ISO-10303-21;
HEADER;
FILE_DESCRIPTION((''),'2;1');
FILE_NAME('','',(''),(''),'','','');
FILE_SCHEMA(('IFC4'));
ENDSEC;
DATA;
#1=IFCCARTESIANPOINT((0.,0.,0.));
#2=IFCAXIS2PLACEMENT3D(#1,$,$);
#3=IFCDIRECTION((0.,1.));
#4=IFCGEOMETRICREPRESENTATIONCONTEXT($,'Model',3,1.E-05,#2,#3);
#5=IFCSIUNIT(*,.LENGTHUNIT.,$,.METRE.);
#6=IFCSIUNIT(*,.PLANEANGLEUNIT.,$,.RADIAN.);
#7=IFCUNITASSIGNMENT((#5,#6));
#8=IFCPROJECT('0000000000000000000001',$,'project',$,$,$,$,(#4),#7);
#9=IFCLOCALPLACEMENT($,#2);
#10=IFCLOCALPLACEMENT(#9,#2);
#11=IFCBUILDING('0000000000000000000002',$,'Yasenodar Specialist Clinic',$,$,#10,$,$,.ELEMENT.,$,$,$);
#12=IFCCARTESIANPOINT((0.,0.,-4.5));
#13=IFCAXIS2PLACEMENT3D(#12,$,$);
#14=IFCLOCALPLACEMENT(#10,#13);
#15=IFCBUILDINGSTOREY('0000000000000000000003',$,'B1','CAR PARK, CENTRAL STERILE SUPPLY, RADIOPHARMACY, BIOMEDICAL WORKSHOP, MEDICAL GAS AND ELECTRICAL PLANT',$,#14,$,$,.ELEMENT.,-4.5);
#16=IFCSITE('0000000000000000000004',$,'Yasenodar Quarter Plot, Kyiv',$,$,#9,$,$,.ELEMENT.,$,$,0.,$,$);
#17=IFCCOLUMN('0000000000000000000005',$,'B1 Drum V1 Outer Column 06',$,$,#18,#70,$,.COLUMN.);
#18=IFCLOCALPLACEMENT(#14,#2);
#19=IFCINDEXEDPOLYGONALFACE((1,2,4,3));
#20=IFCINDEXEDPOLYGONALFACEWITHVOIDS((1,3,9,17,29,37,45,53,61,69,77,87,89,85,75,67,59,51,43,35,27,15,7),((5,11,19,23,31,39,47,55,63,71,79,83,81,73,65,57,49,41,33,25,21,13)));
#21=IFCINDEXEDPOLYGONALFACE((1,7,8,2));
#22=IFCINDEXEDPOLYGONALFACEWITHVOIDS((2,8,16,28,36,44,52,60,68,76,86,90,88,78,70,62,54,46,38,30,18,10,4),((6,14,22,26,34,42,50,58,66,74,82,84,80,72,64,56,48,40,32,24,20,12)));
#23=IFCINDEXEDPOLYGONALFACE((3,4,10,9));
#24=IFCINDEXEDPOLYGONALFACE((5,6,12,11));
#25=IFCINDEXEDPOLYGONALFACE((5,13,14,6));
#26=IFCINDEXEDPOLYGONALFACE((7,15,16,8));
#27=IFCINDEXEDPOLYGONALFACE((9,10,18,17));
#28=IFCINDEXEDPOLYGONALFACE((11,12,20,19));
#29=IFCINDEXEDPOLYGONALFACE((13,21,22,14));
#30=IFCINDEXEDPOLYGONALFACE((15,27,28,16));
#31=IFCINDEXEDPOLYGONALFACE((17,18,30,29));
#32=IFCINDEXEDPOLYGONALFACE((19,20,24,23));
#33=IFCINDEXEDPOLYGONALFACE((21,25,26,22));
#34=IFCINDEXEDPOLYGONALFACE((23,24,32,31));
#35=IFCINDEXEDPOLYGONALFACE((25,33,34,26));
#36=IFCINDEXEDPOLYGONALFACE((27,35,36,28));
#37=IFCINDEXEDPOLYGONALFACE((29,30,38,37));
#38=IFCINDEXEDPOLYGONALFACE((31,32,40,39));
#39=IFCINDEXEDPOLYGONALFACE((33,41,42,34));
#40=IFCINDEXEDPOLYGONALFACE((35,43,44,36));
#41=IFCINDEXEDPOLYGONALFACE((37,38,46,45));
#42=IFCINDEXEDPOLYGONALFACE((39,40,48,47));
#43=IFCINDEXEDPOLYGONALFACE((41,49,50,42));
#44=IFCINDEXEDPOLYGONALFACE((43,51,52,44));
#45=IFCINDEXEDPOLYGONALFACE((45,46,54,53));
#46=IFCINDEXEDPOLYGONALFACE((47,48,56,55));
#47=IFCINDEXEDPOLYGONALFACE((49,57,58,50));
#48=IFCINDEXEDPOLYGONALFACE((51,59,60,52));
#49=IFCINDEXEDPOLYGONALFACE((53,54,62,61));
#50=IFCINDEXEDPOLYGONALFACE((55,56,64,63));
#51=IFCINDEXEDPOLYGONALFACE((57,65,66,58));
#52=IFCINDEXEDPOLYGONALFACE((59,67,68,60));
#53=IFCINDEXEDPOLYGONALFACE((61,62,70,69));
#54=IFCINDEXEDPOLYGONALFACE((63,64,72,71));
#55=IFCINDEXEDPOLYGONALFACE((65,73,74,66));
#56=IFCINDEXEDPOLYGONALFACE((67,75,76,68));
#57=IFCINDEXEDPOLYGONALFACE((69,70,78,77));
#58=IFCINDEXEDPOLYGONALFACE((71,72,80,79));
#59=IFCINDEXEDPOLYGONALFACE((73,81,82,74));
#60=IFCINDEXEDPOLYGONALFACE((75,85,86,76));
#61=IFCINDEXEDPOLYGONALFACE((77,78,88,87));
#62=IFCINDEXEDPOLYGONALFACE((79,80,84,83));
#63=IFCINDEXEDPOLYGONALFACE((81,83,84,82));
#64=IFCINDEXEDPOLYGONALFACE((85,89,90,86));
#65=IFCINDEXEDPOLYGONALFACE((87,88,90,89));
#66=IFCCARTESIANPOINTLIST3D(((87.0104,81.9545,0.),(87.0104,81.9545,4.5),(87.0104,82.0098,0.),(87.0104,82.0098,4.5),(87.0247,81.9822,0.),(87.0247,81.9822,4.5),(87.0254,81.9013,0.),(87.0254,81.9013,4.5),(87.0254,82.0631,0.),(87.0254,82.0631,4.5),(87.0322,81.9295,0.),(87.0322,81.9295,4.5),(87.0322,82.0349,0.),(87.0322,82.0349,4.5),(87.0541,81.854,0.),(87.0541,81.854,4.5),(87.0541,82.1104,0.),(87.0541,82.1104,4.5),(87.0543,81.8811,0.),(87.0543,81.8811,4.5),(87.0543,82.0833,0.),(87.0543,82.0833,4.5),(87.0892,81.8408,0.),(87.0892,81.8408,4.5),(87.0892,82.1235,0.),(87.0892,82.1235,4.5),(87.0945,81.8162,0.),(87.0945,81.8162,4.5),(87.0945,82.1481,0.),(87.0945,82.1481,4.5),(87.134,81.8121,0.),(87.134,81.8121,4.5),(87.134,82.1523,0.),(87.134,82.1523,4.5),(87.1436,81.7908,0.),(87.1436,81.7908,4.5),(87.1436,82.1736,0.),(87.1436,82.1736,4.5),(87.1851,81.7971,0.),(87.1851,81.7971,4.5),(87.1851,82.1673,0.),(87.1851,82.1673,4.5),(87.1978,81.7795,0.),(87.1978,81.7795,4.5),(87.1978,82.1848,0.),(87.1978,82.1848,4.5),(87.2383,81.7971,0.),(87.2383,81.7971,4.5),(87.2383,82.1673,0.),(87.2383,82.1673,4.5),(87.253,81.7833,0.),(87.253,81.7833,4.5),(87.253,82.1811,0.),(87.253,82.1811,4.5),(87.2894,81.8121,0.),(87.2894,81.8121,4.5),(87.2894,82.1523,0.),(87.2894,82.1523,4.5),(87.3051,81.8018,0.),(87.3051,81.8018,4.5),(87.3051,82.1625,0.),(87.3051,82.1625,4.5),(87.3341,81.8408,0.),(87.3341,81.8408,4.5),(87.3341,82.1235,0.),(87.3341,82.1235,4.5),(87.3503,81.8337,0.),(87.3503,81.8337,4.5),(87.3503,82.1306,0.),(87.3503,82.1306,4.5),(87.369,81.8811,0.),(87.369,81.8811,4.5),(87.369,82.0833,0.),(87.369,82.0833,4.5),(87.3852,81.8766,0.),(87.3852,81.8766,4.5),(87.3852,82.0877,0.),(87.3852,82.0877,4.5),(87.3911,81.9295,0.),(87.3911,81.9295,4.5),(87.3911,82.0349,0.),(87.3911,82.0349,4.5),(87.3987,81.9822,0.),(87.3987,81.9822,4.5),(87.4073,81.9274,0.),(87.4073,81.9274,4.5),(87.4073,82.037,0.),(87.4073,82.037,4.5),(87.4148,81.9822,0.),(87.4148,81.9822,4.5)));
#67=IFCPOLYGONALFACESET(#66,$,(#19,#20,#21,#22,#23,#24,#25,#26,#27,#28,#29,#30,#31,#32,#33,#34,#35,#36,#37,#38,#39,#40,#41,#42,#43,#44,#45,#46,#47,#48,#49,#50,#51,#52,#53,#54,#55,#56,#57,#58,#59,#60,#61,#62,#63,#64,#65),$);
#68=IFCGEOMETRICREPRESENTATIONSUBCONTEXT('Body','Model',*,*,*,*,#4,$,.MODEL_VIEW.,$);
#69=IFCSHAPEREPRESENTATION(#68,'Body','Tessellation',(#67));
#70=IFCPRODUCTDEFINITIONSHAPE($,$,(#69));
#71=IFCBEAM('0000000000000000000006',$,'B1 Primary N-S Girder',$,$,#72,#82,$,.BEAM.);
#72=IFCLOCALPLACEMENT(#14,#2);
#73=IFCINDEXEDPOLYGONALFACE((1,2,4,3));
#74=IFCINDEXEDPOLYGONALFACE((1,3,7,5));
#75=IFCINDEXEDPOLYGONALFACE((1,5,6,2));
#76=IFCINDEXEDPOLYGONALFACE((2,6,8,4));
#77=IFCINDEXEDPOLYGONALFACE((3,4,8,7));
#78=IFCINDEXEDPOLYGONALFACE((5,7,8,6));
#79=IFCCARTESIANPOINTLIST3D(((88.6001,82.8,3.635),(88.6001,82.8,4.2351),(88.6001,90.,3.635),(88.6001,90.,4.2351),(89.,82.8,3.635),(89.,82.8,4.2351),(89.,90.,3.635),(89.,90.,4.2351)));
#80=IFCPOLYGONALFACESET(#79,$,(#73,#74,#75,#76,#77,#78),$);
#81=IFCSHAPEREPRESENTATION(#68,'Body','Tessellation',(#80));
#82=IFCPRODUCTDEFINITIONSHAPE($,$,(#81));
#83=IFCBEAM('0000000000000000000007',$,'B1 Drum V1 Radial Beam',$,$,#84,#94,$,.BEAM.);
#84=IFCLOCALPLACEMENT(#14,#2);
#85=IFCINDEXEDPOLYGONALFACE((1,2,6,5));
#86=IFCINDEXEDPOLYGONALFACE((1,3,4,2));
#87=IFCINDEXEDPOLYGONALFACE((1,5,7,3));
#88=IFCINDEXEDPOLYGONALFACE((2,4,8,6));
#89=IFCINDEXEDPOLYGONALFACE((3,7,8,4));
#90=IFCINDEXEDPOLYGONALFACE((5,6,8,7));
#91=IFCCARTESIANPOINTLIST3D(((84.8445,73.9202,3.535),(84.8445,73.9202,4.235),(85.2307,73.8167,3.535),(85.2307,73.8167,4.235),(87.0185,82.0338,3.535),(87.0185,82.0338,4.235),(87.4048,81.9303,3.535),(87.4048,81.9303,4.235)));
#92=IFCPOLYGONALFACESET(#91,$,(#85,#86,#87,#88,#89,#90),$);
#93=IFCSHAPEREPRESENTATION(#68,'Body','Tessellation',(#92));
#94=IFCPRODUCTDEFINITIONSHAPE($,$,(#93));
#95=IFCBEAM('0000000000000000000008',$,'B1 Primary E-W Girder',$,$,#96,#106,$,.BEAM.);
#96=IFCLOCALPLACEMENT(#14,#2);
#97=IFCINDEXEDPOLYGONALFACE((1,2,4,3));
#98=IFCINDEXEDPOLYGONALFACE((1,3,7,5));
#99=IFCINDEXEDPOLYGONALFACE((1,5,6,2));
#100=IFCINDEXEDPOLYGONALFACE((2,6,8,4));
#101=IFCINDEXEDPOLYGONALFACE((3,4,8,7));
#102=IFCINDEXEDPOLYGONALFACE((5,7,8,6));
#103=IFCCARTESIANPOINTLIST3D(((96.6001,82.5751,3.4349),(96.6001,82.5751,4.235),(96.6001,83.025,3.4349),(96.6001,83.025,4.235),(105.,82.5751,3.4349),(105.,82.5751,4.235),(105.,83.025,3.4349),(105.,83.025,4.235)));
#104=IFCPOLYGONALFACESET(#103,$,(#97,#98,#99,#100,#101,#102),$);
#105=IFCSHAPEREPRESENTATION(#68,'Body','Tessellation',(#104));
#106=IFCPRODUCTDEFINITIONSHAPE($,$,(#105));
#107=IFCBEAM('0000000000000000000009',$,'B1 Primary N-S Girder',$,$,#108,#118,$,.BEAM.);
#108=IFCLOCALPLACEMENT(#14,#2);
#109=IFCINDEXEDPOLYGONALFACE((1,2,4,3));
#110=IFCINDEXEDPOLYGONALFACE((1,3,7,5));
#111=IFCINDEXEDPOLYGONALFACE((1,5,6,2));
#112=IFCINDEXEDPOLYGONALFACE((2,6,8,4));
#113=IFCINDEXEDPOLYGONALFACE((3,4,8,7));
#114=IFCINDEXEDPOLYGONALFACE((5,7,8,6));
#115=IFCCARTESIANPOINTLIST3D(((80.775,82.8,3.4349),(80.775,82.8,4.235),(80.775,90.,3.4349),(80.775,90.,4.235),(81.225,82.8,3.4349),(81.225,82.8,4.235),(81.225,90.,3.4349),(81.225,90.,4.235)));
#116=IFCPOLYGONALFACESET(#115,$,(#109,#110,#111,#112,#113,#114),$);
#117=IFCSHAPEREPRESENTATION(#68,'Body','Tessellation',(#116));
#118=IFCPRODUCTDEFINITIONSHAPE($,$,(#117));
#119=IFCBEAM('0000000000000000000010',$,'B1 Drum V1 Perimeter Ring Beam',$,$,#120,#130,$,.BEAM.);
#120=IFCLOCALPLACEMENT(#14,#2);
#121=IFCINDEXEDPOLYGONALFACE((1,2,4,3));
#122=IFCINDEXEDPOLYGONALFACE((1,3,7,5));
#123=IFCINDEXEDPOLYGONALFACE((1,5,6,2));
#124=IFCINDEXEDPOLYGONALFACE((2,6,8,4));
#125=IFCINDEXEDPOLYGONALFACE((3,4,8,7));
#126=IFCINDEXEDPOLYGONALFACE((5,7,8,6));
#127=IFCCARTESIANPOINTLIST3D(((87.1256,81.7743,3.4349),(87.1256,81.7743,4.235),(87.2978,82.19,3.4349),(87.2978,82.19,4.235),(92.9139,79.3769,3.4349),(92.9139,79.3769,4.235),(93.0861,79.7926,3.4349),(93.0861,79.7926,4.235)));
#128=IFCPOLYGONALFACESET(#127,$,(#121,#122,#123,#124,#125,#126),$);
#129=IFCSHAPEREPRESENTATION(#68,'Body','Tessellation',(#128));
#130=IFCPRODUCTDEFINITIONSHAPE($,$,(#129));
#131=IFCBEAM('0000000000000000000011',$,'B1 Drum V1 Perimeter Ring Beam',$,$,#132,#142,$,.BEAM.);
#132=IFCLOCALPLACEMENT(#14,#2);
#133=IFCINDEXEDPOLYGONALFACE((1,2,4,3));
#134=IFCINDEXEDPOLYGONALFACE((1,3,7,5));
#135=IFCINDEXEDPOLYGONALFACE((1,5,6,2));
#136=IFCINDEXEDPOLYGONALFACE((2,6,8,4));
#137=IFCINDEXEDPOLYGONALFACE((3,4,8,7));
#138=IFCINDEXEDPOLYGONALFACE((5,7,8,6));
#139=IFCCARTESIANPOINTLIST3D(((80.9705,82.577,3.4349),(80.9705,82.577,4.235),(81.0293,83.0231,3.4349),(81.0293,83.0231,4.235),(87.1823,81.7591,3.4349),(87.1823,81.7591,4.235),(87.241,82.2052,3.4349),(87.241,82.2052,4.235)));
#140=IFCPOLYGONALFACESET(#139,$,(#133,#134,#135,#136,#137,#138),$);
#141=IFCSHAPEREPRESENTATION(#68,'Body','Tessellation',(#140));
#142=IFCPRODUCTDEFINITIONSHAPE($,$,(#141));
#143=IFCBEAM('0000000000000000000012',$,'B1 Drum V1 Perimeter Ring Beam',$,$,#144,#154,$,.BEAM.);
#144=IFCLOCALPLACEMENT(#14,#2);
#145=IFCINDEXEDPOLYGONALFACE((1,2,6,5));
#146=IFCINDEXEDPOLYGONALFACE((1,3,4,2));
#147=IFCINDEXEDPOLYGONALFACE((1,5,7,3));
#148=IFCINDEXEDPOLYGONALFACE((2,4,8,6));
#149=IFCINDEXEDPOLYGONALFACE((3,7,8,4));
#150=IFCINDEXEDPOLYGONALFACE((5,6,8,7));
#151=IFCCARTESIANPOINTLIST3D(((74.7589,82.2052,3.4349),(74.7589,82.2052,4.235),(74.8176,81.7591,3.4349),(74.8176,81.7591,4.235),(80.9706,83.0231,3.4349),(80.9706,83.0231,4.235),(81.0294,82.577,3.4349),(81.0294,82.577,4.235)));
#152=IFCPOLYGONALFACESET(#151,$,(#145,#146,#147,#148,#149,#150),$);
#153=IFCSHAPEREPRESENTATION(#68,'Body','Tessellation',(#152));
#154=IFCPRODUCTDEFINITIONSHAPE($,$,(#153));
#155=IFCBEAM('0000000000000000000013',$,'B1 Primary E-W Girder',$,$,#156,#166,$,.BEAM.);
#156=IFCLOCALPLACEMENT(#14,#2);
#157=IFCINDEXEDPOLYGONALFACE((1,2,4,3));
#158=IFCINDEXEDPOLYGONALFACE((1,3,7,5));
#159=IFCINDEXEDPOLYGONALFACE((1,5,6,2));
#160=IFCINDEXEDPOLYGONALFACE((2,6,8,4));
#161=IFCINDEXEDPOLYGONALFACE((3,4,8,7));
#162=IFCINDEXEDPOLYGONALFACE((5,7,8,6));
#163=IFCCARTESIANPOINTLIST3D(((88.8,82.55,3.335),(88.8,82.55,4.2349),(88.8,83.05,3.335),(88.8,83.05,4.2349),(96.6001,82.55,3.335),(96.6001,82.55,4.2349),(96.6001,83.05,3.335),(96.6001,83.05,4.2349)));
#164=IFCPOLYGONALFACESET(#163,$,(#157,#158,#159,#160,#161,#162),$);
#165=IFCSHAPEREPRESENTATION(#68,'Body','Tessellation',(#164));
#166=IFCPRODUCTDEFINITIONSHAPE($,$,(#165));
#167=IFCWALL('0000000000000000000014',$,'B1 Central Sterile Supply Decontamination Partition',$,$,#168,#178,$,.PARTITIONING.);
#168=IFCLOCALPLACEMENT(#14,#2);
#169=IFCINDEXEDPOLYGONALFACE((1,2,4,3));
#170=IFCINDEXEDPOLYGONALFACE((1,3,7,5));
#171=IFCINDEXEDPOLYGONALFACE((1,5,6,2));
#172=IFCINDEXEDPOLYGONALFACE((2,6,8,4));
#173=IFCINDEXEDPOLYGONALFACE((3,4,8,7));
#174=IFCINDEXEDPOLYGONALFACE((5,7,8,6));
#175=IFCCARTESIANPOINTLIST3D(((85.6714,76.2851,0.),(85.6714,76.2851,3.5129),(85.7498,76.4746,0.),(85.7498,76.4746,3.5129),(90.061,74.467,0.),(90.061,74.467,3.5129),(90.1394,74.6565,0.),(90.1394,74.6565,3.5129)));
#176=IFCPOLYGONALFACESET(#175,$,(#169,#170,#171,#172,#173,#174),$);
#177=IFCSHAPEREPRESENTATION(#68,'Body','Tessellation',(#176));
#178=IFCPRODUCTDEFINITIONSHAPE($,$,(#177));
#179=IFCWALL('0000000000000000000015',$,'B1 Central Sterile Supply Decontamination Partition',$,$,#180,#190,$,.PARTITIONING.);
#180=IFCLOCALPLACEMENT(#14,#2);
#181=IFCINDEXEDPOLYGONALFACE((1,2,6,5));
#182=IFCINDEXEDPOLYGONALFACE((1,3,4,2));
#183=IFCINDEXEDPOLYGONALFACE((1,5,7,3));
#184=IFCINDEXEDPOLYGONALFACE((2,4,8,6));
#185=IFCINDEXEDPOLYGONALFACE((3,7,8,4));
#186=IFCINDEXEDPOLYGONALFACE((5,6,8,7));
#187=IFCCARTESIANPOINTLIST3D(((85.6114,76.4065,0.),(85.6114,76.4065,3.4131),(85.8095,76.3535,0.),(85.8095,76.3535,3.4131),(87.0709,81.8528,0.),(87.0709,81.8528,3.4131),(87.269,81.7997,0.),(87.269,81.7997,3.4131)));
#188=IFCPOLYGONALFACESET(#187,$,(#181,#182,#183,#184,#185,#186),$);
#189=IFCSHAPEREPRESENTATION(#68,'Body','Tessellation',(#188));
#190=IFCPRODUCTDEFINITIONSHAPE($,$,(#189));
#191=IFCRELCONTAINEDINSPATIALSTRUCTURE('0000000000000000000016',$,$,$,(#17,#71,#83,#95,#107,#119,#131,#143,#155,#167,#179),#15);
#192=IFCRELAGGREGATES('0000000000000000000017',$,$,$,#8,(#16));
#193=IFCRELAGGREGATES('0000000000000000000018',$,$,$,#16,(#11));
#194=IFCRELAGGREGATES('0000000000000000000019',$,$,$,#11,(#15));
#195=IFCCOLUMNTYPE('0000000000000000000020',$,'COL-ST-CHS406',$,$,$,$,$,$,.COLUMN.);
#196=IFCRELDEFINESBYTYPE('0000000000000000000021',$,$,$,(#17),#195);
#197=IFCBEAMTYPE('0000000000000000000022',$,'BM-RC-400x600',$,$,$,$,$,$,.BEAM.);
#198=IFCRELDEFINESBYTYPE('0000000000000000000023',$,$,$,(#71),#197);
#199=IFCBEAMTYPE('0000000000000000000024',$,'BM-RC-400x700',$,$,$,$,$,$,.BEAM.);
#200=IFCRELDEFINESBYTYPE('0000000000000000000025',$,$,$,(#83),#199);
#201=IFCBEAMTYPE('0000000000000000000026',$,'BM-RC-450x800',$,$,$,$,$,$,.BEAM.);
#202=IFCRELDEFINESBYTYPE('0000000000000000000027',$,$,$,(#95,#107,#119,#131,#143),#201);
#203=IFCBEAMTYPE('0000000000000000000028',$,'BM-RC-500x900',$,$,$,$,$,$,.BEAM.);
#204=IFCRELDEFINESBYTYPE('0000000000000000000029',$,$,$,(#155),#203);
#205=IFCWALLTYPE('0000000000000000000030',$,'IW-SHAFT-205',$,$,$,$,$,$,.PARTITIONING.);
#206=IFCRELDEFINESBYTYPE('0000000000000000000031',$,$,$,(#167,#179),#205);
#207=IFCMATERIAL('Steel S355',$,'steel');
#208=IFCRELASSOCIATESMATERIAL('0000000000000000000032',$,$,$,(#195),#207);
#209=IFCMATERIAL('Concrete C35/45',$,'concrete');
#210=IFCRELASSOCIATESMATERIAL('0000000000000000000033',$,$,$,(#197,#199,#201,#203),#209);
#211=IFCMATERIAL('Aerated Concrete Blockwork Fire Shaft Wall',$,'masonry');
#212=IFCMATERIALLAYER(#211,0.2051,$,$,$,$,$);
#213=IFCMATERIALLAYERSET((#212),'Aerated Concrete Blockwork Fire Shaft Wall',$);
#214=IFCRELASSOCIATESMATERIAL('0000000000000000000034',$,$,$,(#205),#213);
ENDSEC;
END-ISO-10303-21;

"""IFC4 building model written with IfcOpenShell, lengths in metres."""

from ifc_helpers import new_model, si_unit, direction, frame, frame_2d, origin, origin_2d, place, context, subcontext, project, spatial, rectangle, hollow_circle, extrude, material, layer, layer_set, material_profile, profile_set, type_object, element, save


model = new_model("IFC4")

# Units and contexts
model_context = context("Model", 3, precision=1e-05, world=origin(), true_north=direction((0.0, 1.0)))
body_context = subcontext(model_context, "Body", "Model", "MODEL_VIEW")
ifc_project = project(units=[si_unit("LENGTHUNIT", "METRE"), si_unit("PLANEANGLEUNIT", "RADIAN")], contexts=[model_context])

# Site, building, storey
site_placement = place(None, origin())
site = spatial("IfcSite", under=ifc_project, at=site_placement, Name="Yasenodar Quarter Plot, Kyiv", CompositionType="ELEMENT", RefElevation=0.0)
building_placement = place(site_placement, origin())
building = spatial("IfcBuilding", under=site, at=building_placement, Name="Yasenodar Specialist Clinic", CompositionType="ELEMENT")
storey_placement = place(building_placement, frame((0.0, 0.0, -4.5)))
storey = spatial("IfcBuildingStorey", under=building, at=storey_placement, Name="B1", Description="CAR PARK, CENTRAL STERILE SUPPLY, RADIOPHARMACY, BIOMEDICAL WORKSHOP, MEDICAL GAS AND ELECTRICAL PLANT", CompositionType="ELEMENT", Elevation=-4.5)

# Shared definitions
ifc_material_1 = material(Name="Concrete C35/45", Category="concrete")

# Column
ifc_material_2 = material(Name="Steel S355", Category="steel")
ifc_material_profile_1 = material_profile(ifc_material_2, hollow_circle(Radius=0.2031, WallThickness=0.0161, at=origin_2d()), Name="CHS 406.4x16")
ifc_profile_set_1 = profile_set([ifc_material_profile_1], Name="Steel S355")
column_type_1 = type_object("IfcColumnType", Name="COL-ST-CHS406", PredefinedType="COLUMN", material=ifc_profile_set_1)
for number, where, z_axis, x_axis, name in (
    (1, (87.2117, 81.9822, 0.0), (0.0, 0.0, 1.0), (1.0, 0.0, 0.0), "B1 Drum V1 Outer Column 06"),
):
    element("IfcColumn", number, at=place(storey_placement, frame(where, z_axis=z_axis, x_axis=x_axis)), inside=storey, type_object=column_type_1, Name=name, PredefinedType="COLUMN", context=body_context, shape_type="SweptSolid", body=[
        extrude(hollow_circle(Radius=0.2031, WallThickness=0.0161, at=origin_2d()), origin(), (0.0, 0.0, 1.0), 4.5),
    ])

# Beams
ifc_material_profile_2 = material_profile(ifc_material_1, rectangle(XDim=0.3999, YDim=0.6001, at=origin_2d()), Name="RC 400x600")
ifc_profile_set_2 = profile_set([ifc_material_profile_2], Name="Concrete C35/45")
beam_type_1 = type_object("IfcBeamType", Name="BM-RC-400x600", PredefinedType="BEAM", material=ifc_profile_set_2)
beam_1_placement = place(storey_placement, frame((88.8, 82.8, 3.9351), z_axis=(0.0, 1.0, 0.0), x_axis=(-1.0, 0.0, 0.0)))
element("IfcBeam", 2, at=beam_1_placement, inside=storey, type_object=beam_type_1, Name="B1 Primary N-S Girder", PredefinedType="BEAM", context=body_context, shape_type="SweptSolid", body=[
    extrude(rectangle(XDim=0.3999, YDim=0.6001, at=origin_2d()), origin(), (0.0, 0.0, 1.0), 7.2),
])
ifc_material_profile_3 = material_profile(ifc_material_1, rectangle(XDim=0.3999, YDim=0.7, at=origin_2d()), Name="RC 400x700")
ifc_profile_set_3 = profile_set([ifc_material_profile_3], Name="Concrete C35/45")
beam_type_2 = type_object("IfcBeamType", Name="BM-RC-400x700", PredefinedType="BEAM", material=ifc_profile_set_3)
beam_2_placement = place(storey_placement, frame((85.0376, 73.8684, 3.885), z_axis=(0.258818, 0.965926, 0.0), x_axis=(-0.965926, 0.258818, 0.0)))
element("IfcBeam", 3, at=beam_2_placement, inside=storey, type_object=beam_type_2, Name="B1 Drum V1 Radial Beam", PredefinedType="BEAM", context=body_context, shape_type="SweptSolid", body=[
    extrude(rectangle(XDim=0.3999, YDim=0.7, at=origin_2d()), origin(), (0.0, 0.0, 1.0), 8.3999),
])
ifc_material_profile_4 = material_profile(ifc_material_1, rectangle(XDim=0.45, YDim=0.8, at=origin_2d()), Name="RC 450x800")
ifc_profile_set_4 = profile_set([ifc_material_profile_4], Name="Concrete C35/45")
beam_type_3 = type_object("IfcBeamType", Name="BM-RC-450x800", PredefinedType="BEAM", material=ifc_profile_set_4)
beam_3_placement = place(storey_placement, frame((96.6001, 82.8, 3.835), z_axis=(1.0, 0.0, 0.0), x_axis=(0.0, 1.0, 0.0)))
element("IfcBeam", 4, at=beam_3_placement, inside=storey, type_object=beam_type_3, Name="B1 Primary E-W Girder", PredefinedType="BEAM", context=body_context, shape_type="SweptSolid", body=[
    extrude(rectangle(XDim=0.45, YDim=0.8, at=origin_2d()), origin(), (0.0, 0.0, 1.0), 8.3999),
])
beam_4_placement = place(storey_placement, frame((81.0, 82.8, 3.835), z_axis=(0.0, 1.0, 0.0), x_axis=(-1.0, 0.0, 0.0)))
element("IfcBeam", 5, at=beam_4_placement, inside=storey, type_object=beam_type_3, Name="B1 Primary N-S Girder", PredefinedType="BEAM", context=body_context, shape_type="SweptSolid", body=[
    extrude(rectangle(XDim=0.45, YDim=0.8, at=origin_2d()), origin(), (0.0, 0.0, 1.0), 7.2),
])
beam_5_placement = place(storey_placement, frame((93.0, 79.5847, 3.835), z_axis=(-0.923888, 0.382664, 0.0), x_axis=(-0.382664, -0.923888, 0.0)))
element("IfcBeam", 6, at=beam_5_placement, inside=storey, type_object=beam_type_3, Name="B1 Drum V1 Perimeter Ring Beam", PredefinedType="BEAM", context=body_context, shape_type="SweptSolid", body=[
    extrude(rectangle(XDim=0.45, YDim=0.8, at=origin_2d()), origin(), (0.0, 0.0, 1.0), 6.2651),
])
for number, where, z_axis, x_axis, name in (
    (7, (87.2117, 81.9822, 3.835), (-0.991443, 0.13054, 0.0), (-0.13054, -0.991443, 0.0), "B1 Drum V1 Perimeter Ring Beam"),
    (8, (81.0, 82.8, 3.835), (-0.991443, -0.13054, 0.0), (0.13054, -0.991443, 0.0), "B1 Drum V1 Perimeter Ring Beam"),
):
    element("IfcBeam", number, at=place(storey_placement, frame(where, z_axis=z_axis, x_axis=x_axis)), inside=storey, type_object=beam_type_3, Name=name, PredefinedType="BEAM", context=body_context, shape_type="SweptSolid", body=[
        extrude(rectangle(XDim=0.45, YDim=0.8, at=origin_2d()), origin(), (0.0, 0.0, 1.0), 6.2654),
    ])
ifc_material_profile_5 = material_profile(ifc_material_1, rectangle(XDim=0.5, YDim=0.8999, at=origin_2d()), Name="RC 500x900")
ifc_profile_set_5 = profile_set([ifc_material_profile_5], Name="Concrete C35/45")
beam_type_4 = type_object("IfcBeamType", Name="BM-RC-500x900", PredefinedType="BEAM", material=ifc_profile_set_5)
beam_6_placement = place(storey_placement, frame((88.8, 82.8, 3.7849), z_axis=(1.0, 0.0, 0.0), x_axis=(0.0, 1.0, 0.0)))
element("IfcBeam", 9, at=beam_6_placement, inside=storey, type_object=beam_type_4, Name="B1 Primary E-W Girder", PredefinedType="BEAM", context=body_context, shape_type="SweptSolid", body=[
    extrude(rectangle(XDim=0.5, YDim=0.8999, at=origin_2d()), origin(), (0.0, 0.0, 1.0), 7.8),
])

# Walls
ifc_material_3 = material(Name="Aerated Concrete Blockwork Fire Shaft Wall", Category="masonry")
ifc_layer_1 = layer(ifc_material_3, 0.2051)
ifc_layer_set_1 = layer_set([ifc_layer_1], Name="Aerated Concrete Blockwork Fire Shaft Wall")
wall_type_1 = type_object("IfcWallType", Name="IW-SHAFT-205", PredefinedType="PARTITIONING", material=ifc_layer_set_1)
wall_1_placement = place(storey_placement, frame((90.1001, 74.5618, 0.0), z_axis=(0.0, 0.0, 1.0), x_axis=(-0.92389, 0.382659, 0.0)))
element("IfcWall", 10, at=wall_1_placement, inside=storey, type_object=wall_type_1, Name="B1 Central Sterile Supply Decontamination Partition", PredefinedType="PARTITIONING", context=body_context, shape_type="SweptSolid", body=[
    extrude(rectangle(XDim=4.7512, YDim=0.2051, at=frame_2d((2.3755, 0.0))), origin(), (0.0, 0.0, 1.0), 3.5129),
])
wall_2_placement = place(storey_placement, frame((85.7104, 76.3799, 0.0), z_axis=(0.0, 0.0, 1.0), x_axis=(0.258843, 0.965919, 0.0)))
element("IfcWall", 11, at=wall_2_placement, inside=storey, type_object=wall_type_1, Name="B1 Central Sterile Supply Decontamination Partition", PredefinedType="PARTITIONING", context=body_context, shape_type="SweptSolid", body=[
    extrude(rectangle(XDim=5.6384, YDim=0.2051, at=frame_2d((2.8193, 0.0))), origin(), (0.0, 0.0, 1.0), 3.4131),
])

save(model, "model.ifc")
